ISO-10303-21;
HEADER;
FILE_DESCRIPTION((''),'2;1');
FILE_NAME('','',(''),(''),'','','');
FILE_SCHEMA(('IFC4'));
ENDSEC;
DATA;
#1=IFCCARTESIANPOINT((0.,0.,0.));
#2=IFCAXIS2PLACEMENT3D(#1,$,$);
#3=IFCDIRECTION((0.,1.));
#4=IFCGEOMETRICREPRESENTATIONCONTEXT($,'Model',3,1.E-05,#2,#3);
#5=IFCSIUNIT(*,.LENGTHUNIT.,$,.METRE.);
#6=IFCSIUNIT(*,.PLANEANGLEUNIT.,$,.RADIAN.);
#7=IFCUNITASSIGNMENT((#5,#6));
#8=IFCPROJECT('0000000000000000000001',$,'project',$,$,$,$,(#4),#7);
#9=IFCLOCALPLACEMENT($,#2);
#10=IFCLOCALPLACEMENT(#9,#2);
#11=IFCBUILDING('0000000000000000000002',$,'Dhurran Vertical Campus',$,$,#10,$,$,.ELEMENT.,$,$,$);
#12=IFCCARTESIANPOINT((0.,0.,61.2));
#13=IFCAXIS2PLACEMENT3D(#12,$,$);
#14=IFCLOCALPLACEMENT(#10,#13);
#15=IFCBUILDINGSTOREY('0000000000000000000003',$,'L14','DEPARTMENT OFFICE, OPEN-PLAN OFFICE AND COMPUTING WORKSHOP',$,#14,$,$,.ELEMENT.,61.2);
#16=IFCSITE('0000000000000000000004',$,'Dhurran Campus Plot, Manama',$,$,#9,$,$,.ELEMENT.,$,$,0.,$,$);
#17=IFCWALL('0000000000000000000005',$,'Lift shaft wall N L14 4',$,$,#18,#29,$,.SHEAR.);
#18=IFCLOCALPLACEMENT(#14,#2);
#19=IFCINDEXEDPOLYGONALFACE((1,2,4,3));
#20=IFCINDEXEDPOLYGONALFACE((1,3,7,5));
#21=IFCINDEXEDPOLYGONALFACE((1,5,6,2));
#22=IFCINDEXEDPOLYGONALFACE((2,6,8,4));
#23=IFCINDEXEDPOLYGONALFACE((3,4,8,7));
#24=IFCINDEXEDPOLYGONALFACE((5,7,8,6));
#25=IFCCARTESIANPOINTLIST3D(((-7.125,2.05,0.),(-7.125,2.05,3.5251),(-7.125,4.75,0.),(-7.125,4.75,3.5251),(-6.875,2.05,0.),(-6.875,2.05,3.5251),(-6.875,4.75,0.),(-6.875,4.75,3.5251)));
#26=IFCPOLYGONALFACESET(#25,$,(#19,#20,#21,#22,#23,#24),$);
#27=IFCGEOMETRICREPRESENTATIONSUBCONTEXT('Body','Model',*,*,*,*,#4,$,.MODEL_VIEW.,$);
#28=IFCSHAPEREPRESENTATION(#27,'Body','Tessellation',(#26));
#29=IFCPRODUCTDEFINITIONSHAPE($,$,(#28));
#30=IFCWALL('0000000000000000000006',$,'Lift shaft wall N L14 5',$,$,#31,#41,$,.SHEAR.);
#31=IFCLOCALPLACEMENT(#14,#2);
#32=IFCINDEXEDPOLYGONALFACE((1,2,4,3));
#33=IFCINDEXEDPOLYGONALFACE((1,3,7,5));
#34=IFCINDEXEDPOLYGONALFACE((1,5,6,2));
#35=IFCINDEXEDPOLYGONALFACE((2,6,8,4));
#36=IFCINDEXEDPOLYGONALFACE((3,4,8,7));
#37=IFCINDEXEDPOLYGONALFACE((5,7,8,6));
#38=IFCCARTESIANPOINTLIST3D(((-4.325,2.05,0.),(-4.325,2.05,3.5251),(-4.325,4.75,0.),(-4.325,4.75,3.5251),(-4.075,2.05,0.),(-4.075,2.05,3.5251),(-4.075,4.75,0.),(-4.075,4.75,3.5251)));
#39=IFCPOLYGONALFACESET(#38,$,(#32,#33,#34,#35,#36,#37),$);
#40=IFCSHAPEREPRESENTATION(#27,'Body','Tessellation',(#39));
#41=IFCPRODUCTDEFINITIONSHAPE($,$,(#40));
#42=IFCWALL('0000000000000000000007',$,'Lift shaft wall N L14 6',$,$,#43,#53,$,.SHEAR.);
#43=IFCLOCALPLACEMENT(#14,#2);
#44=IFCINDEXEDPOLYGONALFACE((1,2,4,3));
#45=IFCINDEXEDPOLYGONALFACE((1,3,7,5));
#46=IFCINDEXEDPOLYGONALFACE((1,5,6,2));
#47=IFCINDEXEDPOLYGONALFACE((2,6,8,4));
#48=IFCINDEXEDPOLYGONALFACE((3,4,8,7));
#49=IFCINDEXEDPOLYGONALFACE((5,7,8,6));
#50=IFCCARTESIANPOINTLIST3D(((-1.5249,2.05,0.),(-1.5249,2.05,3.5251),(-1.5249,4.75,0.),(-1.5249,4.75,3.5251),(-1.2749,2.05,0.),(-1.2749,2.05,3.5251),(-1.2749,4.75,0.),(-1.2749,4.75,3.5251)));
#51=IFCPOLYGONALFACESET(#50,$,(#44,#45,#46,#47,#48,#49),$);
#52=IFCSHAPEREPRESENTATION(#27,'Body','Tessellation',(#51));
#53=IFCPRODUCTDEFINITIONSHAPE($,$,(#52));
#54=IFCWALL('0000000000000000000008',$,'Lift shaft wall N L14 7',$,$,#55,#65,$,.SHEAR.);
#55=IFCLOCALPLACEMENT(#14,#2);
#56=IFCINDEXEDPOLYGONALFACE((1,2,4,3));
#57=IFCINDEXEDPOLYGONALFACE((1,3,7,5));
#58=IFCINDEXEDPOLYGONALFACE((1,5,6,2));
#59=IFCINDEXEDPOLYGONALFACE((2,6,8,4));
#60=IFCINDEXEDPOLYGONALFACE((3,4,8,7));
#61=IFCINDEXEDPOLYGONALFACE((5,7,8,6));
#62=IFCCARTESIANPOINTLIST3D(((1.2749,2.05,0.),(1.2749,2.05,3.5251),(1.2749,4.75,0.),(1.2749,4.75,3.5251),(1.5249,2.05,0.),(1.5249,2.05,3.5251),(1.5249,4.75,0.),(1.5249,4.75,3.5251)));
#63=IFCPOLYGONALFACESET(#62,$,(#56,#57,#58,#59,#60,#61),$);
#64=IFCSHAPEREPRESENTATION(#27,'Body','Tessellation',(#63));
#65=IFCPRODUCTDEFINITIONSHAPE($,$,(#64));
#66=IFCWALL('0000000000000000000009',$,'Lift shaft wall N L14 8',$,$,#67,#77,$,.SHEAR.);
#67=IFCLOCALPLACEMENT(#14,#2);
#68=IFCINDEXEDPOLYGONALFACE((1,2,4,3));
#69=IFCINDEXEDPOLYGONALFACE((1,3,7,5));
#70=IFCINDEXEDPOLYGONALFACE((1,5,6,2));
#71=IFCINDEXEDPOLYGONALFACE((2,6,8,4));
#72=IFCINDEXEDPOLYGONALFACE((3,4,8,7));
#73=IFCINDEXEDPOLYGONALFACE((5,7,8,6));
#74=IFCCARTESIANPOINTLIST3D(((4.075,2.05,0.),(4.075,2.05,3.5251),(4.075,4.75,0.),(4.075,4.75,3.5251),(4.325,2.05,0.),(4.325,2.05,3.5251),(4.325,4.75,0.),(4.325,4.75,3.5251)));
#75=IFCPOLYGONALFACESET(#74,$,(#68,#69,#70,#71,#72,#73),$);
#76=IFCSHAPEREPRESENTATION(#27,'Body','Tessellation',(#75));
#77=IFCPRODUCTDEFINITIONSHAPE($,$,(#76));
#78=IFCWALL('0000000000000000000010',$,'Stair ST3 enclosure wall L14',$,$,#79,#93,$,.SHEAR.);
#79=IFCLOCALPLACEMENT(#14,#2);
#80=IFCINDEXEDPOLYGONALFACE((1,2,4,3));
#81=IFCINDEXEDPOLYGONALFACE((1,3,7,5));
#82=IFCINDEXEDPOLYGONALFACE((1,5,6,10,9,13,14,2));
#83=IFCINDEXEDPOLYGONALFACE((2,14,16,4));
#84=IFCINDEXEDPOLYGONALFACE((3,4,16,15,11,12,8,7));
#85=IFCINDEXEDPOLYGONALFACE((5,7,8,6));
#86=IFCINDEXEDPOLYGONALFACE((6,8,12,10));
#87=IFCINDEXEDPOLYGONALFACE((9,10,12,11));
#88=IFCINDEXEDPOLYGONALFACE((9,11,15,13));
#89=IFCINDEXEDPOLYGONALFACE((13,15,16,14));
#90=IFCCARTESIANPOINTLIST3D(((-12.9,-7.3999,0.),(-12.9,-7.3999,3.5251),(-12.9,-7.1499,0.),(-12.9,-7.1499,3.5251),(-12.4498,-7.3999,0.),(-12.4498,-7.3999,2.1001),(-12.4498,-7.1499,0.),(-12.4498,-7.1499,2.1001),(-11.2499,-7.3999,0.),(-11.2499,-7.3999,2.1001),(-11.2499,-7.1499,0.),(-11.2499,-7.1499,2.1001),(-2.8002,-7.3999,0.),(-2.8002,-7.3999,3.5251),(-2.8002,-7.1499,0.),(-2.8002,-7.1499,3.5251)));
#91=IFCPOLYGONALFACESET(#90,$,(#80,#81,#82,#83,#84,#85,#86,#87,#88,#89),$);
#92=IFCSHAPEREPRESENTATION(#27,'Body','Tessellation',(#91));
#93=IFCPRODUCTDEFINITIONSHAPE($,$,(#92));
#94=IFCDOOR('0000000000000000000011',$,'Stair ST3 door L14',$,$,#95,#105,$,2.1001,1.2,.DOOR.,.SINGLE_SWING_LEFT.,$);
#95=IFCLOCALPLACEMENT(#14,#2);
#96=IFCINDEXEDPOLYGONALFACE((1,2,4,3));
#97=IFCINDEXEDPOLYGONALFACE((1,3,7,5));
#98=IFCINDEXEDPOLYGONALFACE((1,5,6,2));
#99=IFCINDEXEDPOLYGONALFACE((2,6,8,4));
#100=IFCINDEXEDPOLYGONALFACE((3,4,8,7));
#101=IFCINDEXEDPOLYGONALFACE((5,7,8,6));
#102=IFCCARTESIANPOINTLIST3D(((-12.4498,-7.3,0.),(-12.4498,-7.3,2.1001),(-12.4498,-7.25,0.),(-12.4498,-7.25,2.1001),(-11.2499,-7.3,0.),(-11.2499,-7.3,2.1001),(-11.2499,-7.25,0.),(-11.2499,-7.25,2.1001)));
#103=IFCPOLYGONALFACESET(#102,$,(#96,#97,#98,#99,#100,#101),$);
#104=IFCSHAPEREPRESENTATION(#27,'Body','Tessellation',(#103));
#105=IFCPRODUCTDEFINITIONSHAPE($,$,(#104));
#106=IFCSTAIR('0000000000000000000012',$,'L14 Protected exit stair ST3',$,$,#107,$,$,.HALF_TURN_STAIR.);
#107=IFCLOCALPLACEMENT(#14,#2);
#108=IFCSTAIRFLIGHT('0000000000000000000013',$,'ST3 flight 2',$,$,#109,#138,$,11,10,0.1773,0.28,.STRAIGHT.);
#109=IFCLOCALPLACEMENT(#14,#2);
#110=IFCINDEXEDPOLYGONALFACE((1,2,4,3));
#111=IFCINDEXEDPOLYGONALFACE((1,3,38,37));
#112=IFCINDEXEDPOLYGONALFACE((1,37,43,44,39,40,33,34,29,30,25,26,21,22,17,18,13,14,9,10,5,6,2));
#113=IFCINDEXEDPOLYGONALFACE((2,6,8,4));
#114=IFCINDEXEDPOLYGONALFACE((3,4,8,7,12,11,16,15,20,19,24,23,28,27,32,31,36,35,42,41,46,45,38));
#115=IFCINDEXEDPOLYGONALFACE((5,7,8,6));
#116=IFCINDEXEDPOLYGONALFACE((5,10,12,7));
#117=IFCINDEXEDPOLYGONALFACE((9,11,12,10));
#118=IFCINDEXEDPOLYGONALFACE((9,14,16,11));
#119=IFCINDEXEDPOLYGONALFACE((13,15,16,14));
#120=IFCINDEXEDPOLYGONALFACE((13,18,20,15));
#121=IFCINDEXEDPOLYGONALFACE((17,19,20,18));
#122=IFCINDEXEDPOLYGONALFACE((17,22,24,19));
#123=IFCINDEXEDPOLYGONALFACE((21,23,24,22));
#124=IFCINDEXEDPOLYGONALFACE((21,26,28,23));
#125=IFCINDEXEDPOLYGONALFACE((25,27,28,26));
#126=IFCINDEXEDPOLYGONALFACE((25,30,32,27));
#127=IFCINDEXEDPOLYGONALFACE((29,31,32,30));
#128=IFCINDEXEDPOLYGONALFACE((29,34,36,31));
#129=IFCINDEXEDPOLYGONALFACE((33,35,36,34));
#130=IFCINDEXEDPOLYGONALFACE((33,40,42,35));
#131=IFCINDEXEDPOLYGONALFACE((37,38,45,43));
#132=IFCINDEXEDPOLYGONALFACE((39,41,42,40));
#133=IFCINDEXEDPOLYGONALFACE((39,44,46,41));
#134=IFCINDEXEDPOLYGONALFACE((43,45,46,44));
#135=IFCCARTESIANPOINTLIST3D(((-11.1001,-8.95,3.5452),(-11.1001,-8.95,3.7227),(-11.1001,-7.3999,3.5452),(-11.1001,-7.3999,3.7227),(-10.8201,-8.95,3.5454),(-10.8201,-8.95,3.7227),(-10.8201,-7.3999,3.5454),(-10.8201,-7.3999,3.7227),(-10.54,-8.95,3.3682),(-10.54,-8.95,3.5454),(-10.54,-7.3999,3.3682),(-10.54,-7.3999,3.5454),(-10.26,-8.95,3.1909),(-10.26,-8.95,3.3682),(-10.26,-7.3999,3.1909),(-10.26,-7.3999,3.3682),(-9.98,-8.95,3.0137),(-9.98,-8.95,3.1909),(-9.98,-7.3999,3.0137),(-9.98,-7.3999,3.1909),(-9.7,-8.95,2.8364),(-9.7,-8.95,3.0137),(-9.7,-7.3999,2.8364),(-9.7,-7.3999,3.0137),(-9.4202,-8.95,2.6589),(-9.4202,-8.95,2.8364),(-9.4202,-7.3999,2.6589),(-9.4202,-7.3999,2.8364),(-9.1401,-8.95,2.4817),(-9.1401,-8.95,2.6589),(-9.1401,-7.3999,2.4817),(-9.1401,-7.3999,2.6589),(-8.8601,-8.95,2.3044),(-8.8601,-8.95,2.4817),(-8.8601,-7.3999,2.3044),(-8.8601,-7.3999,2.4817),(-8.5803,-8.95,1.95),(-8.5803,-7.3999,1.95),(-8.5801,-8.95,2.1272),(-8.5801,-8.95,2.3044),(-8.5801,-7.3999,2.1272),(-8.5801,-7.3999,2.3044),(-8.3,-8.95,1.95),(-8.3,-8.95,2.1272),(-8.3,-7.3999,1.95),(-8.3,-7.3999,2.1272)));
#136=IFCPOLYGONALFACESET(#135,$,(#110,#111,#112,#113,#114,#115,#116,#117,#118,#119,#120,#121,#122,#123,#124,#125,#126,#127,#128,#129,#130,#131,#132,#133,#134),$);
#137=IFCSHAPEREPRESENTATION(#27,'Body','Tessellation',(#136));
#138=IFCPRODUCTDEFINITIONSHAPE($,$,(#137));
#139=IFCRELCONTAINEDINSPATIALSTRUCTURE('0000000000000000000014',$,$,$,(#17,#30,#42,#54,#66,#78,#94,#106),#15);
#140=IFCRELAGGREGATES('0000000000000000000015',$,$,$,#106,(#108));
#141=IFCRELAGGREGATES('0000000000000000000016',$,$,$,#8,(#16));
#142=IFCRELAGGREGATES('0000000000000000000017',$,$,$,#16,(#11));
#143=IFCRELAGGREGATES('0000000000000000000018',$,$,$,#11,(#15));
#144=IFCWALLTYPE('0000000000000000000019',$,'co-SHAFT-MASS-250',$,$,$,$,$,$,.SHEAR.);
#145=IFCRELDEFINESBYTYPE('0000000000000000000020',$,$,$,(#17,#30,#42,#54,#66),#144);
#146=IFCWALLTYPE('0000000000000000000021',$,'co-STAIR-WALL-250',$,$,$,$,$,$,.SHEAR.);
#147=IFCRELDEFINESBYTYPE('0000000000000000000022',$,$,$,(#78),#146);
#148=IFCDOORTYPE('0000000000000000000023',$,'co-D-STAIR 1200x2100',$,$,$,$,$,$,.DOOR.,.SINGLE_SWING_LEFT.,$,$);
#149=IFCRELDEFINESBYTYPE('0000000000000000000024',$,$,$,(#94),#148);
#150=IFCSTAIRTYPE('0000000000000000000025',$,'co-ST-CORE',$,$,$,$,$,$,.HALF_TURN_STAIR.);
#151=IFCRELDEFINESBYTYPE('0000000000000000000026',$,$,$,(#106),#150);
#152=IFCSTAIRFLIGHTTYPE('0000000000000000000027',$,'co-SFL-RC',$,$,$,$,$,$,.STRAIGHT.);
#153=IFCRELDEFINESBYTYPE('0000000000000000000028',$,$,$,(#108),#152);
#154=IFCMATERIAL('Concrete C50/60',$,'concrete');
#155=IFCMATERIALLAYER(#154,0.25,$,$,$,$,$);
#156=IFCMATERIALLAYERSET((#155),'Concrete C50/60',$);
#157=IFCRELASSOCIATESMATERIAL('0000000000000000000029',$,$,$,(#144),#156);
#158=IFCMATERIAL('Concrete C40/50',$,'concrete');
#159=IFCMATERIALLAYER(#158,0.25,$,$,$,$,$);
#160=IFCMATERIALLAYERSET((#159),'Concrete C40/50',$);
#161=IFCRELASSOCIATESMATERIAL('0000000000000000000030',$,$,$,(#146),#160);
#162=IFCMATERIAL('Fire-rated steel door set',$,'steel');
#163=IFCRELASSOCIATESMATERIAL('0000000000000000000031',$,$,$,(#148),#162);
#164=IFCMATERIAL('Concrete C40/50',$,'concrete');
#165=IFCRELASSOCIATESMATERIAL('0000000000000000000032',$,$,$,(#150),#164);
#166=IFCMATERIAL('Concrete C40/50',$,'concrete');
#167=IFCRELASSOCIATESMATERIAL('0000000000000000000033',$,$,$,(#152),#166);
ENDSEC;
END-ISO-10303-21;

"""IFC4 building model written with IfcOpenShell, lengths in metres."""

from ifc_helpers import new_model, si_unit, direction, frame, frame_2d, origin, place, context, subcontext, project, spatial, polyline, rectangle, outline, extrude, material, layer, layer_set, type_object, element, fill, aggregate, save


model = new_model("IFC4")

# Units and contexts
model_context = context("Model", 3, precision=1e-05, world=origin(), true_north=direction((0.0, 1.0)))
body_context = subcontext(model_context, "Body", "Model", "MODEL_VIEW")
ifc_project = project(units=[si_unit("LENGTHUNIT", "METRE"), si_unit("PLANEANGLEUNIT", "RADIAN")], contexts=[model_context])

# Site, building, storey
site_placement = place(None, origin())
site = spatial("IfcSite", under=ifc_project, at=site_placement, Name="Dhurran Campus Plot, Manama", CompositionType="ELEMENT", RefElevation=0.0)
building_placement = place(site_placement, origin())
building = spatial("IfcBuilding", under=site, at=building_placement, Name="Dhurran Vertical Campus", CompositionType="ELEMENT")
storey_placement = place(building_placement, frame((0.0, 0.0, 61.2)))
storey = spatial("IfcBuildingStorey", under=building, at=storey_placement, Name="L14", Description="DEPARTMENT OFFICE, OPEN-PLAN OFFICE AND COMPUTING WORKSHOP", CompositionType="ELEMENT", Elevation=61.2)

# Walls
ifc_material_1 = material(Name="Concrete C50/60", Category="concrete")
ifc_layer_1 = layer(ifc_material_1, 0.25)
ifc_layer_set_1 = layer_set([ifc_layer_1], Name="Concrete C50/60")
wall_type_1 = type_object("IfcWallType", Name="co-SHAFT-MASS-250", PredefinedType="SHEAR", material=ifc_layer_set_1)
wall_1_placement = place(storey_placement, origin())
element("IfcWall", 1, at=wall_1_placement, inside=storey, type_object=wall_type_1, Name="Lift shaft wall N L14 4", PredefinedType="SHEAR", context=body_context, shape_type="SweptSolid", body=[
    extrude(outline(polyline([(-7.125, 2.05), (-6.875, 2.05), (-6.875, 4.75), (-7.125, 4.75), (-7.125, 2.05)])), origin(), (0.0, 0.0, 1.0), 3.5251),
])
wall_2_placement = place(storey_placement, origin())
element("IfcWall", 2, at=wall_2_placement, inside=storey, type_object=wall_type_1, Name="Lift shaft wall N L14 5", PredefinedType="SHEAR", context=body_context, shape_type="SweptSolid", body=[
    extrude(outline(polyline([(-4.325, 2.05), (-4.075, 2.05), (-4.075, 4.75), (-4.325, 4.75), (-4.325, 2.05)])), origin(), (0.0, 0.0, 1.0), 3.5251),
])
wall_3_placement = place(storey_placement, origin())
element("IfcWall", 3, at=wall_3_placement, inside=storey, type_object=wall_type_1, Name="Lift shaft wall N L14 6", PredefinedType="SHEAR", context=body_context, shape_type="SweptSolid", body=[
    extrude(outline(polyline([(-1.5249, 2.05), (-1.2749, 2.05), (-1.2749, 4.75), (-1.5249, 4.75), (-1.5249, 2.05)])), origin(), (0.0, 0.0, 1.0), 3.5251),
])
wall_4_placement = place(storey_placement, origin())
element("IfcWall", 4, at=wall_4_placement, inside=storey, type_object=wall_type_1, Name="Lift shaft wall N L14 7", PredefinedType="SHEAR", context=body_context, shape_type="SweptSolid", body=[
    extrude(outline(polyline([(1.2749, 2.05), (1.5249, 2.05), (1.5249, 4.75), (1.2749, 4.75), (1.2749, 2.05)])), origin(), (0.0, 0.0, 1.0), 3.5251),
])
wall_5_placement = place(storey_placement, origin())
element("IfcWall", 5, at=wall_5_placement, inside=storey, type_object=wall_type_1, Name="Lift shaft wall N L14 8", PredefinedType="SHEAR", context=body_context, shape_type="SweptSolid", body=[
    extrude(outline(polyline([(4.075, 2.05), (4.325, 2.05), (4.325, 4.75), (4.075, 4.75), (4.075, 2.05)])), origin(), (0.0, 0.0, 1.0), 3.5251),
])

# Wall, opening, door
ifc_material_2 = material(Name="Concrete C40/50", Category="concrete")
ifc_layer_2 = layer(ifc_material_2, 0.25)
ifc_layer_set_2 = layer_set([ifc_layer_2], Name="Concrete C40/50")
wall_type_2 = type_object("IfcWallType", Name="co-STAIR-WALL-250", PredefinedType="SHEAR", material=ifc_layer_set_2)
wall_6_placement = place(storey_placement, frame((-12.8999, -7.2749, 0.0), z_axis=(0.0, 0.0, 1.0), x_axis=(1.0, 0.0, 0.0)))
wall_6 = element("IfcWall", 6, at=wall_6_placement, inside=storey, type_object=wall_type_2, Name="Stair ST3 enclosure wall L14", PredefinedType="SHEAR", context=body_context, shape_type="SweptSolid", body=[
    extrude(rectangle(XDim=10.0999, YDim=0.25, at=frame_2d((5.0498, 0.0))), origin(), (0.0, 0.0, 1.0), 3.5251),
])
opening_1_placement = place(wall_6_placement, frame((0.45, 0.0, 0.0)))
opening_1 = element("IfcOpeningElement", 7, at=opening_1_placement, cuts=wall_6, PredefinedType="OPENING", context=body_context, shape_type="SweptSolid", body=[
    extrude(rectangle(XDim=1.2, YDim=2.1001, at=frame_2d((0.6001, 1.05))), frame((0.0, 0.135, 0.0), z_axis=(0.0, -1.0, 0.0), x_axis=(1.0, 0.0, 0.0)), (0.0, 0.0, 1.0), 0.27),
])
ifc_material_3 = material(Name="Fire-rated steel door set", Category="steel")
door_type_1 = type_object("IfcDoorType", Name="co-D-STAIR 1200x2100", OperationType="SINGLE_SWING_LEFT", PredefinedType="DOOR", material=ifc_material_3)
door_1_placement = place(opening_1_placement, origin())
door_1 = element("IfcDoor", 8, at=door_1_placement, inside=storey, type_object=door_type_1, Name="Stair ST3 door L14", OperationType="SINGLE_SWING_LEFT", OverallHeight=2.1001, OverallWidth=1.2, PredefinedType="DOOR", context=body_context, shape_type="SweptSolid", body=[
    extrude(rectangle(XDim=1.2, YDim=2.1001, at=frame_2d((0.6001, 1.05))), frame((0.0, 0.0249, 0.0), z_axis=(0.0, -1.0, 0.0), x_axis=(1.0, 0.0, 0.0)), (0.0, 0.0, 1.0), 0.05),
])
fill(opening_1, door_1)

# Stair, stair flight
ifc_material_4 = material(Name="Concrete C40/50", Category="concrete")
stair_type = type_object("IfcStairType", Name="co-ST-CORE", PredefinedType="HALF_TURN_STAIR", material=ifc_material_4)
stair_placement = place(storey_placement, origin())
stair = element("IfcStair", 9, at=stair_placement, inside=storey, type_object=stair_type, Name="L14 Protected exit stair ST3", PredefinedType="HALF_TURN_STAIR")
ifc_material_5 = material(Name="Concrete C40/50", Category="concrete")
stair_flight_type = type_object("IfcStairFlightType", Name="co-SFL-RC", PredefinedType="STRAIGHT", material=ifc_material_5)
stair_flight_placement = place(storey_placement, frame((-8.3, -8.175, 1.95), z_axis=(0.0, 0.0, 1.0), x_axis=(-1.0, 0.0, 0.0)))
stair_flight = element("IfcStairFlight", 10, at=stair_flight_placement, type_object=stair_flight_type, Name="ST3 flight 2", NumberOfRisers=11, NumberOfTreads=10, PredefinedType="STRAIGHT", RiserHeight=0.1773, TreadLength=0.28, context=body_context, shape_type="SweptSolid", body=[
    extrude(outline(polyline([(0.0, 0.0), (0.0, 0.1772), (0.28, 0.1772), (0.28, 0.3545), (0.5601, 0.3545), (0.5601, 0.5317), (0.8401, 0.5317), (0.8401, 0.709), (1.1201, 0.709), (1.1201, 0.8865), (1.3999, 0.8865), (1.3999, 1.0637), (1.6799, 1.0637), (1.6799, 1.241), (1.96, 1.241), (1.96, 1.4182), (2.24, 1.4182), (2.24, 1.5955), (2.52, 1.5955), (2.52, 1.7727), (2.8, 1.7727), (2.8, 1.95), (2.8, 1.5952), (0.2803, 0.0), (0.0, 0.0)])), frame((0.0, 0.7749, 0.0), z_axis=(0.0, -1.0, 0.0), x_axis=(1.0, 0.0, 0.0)), (0.0, 0.0, 1.0), 1.55),
])
aggregate(stair, [stair_flight])

save(model, "model.ifc")
